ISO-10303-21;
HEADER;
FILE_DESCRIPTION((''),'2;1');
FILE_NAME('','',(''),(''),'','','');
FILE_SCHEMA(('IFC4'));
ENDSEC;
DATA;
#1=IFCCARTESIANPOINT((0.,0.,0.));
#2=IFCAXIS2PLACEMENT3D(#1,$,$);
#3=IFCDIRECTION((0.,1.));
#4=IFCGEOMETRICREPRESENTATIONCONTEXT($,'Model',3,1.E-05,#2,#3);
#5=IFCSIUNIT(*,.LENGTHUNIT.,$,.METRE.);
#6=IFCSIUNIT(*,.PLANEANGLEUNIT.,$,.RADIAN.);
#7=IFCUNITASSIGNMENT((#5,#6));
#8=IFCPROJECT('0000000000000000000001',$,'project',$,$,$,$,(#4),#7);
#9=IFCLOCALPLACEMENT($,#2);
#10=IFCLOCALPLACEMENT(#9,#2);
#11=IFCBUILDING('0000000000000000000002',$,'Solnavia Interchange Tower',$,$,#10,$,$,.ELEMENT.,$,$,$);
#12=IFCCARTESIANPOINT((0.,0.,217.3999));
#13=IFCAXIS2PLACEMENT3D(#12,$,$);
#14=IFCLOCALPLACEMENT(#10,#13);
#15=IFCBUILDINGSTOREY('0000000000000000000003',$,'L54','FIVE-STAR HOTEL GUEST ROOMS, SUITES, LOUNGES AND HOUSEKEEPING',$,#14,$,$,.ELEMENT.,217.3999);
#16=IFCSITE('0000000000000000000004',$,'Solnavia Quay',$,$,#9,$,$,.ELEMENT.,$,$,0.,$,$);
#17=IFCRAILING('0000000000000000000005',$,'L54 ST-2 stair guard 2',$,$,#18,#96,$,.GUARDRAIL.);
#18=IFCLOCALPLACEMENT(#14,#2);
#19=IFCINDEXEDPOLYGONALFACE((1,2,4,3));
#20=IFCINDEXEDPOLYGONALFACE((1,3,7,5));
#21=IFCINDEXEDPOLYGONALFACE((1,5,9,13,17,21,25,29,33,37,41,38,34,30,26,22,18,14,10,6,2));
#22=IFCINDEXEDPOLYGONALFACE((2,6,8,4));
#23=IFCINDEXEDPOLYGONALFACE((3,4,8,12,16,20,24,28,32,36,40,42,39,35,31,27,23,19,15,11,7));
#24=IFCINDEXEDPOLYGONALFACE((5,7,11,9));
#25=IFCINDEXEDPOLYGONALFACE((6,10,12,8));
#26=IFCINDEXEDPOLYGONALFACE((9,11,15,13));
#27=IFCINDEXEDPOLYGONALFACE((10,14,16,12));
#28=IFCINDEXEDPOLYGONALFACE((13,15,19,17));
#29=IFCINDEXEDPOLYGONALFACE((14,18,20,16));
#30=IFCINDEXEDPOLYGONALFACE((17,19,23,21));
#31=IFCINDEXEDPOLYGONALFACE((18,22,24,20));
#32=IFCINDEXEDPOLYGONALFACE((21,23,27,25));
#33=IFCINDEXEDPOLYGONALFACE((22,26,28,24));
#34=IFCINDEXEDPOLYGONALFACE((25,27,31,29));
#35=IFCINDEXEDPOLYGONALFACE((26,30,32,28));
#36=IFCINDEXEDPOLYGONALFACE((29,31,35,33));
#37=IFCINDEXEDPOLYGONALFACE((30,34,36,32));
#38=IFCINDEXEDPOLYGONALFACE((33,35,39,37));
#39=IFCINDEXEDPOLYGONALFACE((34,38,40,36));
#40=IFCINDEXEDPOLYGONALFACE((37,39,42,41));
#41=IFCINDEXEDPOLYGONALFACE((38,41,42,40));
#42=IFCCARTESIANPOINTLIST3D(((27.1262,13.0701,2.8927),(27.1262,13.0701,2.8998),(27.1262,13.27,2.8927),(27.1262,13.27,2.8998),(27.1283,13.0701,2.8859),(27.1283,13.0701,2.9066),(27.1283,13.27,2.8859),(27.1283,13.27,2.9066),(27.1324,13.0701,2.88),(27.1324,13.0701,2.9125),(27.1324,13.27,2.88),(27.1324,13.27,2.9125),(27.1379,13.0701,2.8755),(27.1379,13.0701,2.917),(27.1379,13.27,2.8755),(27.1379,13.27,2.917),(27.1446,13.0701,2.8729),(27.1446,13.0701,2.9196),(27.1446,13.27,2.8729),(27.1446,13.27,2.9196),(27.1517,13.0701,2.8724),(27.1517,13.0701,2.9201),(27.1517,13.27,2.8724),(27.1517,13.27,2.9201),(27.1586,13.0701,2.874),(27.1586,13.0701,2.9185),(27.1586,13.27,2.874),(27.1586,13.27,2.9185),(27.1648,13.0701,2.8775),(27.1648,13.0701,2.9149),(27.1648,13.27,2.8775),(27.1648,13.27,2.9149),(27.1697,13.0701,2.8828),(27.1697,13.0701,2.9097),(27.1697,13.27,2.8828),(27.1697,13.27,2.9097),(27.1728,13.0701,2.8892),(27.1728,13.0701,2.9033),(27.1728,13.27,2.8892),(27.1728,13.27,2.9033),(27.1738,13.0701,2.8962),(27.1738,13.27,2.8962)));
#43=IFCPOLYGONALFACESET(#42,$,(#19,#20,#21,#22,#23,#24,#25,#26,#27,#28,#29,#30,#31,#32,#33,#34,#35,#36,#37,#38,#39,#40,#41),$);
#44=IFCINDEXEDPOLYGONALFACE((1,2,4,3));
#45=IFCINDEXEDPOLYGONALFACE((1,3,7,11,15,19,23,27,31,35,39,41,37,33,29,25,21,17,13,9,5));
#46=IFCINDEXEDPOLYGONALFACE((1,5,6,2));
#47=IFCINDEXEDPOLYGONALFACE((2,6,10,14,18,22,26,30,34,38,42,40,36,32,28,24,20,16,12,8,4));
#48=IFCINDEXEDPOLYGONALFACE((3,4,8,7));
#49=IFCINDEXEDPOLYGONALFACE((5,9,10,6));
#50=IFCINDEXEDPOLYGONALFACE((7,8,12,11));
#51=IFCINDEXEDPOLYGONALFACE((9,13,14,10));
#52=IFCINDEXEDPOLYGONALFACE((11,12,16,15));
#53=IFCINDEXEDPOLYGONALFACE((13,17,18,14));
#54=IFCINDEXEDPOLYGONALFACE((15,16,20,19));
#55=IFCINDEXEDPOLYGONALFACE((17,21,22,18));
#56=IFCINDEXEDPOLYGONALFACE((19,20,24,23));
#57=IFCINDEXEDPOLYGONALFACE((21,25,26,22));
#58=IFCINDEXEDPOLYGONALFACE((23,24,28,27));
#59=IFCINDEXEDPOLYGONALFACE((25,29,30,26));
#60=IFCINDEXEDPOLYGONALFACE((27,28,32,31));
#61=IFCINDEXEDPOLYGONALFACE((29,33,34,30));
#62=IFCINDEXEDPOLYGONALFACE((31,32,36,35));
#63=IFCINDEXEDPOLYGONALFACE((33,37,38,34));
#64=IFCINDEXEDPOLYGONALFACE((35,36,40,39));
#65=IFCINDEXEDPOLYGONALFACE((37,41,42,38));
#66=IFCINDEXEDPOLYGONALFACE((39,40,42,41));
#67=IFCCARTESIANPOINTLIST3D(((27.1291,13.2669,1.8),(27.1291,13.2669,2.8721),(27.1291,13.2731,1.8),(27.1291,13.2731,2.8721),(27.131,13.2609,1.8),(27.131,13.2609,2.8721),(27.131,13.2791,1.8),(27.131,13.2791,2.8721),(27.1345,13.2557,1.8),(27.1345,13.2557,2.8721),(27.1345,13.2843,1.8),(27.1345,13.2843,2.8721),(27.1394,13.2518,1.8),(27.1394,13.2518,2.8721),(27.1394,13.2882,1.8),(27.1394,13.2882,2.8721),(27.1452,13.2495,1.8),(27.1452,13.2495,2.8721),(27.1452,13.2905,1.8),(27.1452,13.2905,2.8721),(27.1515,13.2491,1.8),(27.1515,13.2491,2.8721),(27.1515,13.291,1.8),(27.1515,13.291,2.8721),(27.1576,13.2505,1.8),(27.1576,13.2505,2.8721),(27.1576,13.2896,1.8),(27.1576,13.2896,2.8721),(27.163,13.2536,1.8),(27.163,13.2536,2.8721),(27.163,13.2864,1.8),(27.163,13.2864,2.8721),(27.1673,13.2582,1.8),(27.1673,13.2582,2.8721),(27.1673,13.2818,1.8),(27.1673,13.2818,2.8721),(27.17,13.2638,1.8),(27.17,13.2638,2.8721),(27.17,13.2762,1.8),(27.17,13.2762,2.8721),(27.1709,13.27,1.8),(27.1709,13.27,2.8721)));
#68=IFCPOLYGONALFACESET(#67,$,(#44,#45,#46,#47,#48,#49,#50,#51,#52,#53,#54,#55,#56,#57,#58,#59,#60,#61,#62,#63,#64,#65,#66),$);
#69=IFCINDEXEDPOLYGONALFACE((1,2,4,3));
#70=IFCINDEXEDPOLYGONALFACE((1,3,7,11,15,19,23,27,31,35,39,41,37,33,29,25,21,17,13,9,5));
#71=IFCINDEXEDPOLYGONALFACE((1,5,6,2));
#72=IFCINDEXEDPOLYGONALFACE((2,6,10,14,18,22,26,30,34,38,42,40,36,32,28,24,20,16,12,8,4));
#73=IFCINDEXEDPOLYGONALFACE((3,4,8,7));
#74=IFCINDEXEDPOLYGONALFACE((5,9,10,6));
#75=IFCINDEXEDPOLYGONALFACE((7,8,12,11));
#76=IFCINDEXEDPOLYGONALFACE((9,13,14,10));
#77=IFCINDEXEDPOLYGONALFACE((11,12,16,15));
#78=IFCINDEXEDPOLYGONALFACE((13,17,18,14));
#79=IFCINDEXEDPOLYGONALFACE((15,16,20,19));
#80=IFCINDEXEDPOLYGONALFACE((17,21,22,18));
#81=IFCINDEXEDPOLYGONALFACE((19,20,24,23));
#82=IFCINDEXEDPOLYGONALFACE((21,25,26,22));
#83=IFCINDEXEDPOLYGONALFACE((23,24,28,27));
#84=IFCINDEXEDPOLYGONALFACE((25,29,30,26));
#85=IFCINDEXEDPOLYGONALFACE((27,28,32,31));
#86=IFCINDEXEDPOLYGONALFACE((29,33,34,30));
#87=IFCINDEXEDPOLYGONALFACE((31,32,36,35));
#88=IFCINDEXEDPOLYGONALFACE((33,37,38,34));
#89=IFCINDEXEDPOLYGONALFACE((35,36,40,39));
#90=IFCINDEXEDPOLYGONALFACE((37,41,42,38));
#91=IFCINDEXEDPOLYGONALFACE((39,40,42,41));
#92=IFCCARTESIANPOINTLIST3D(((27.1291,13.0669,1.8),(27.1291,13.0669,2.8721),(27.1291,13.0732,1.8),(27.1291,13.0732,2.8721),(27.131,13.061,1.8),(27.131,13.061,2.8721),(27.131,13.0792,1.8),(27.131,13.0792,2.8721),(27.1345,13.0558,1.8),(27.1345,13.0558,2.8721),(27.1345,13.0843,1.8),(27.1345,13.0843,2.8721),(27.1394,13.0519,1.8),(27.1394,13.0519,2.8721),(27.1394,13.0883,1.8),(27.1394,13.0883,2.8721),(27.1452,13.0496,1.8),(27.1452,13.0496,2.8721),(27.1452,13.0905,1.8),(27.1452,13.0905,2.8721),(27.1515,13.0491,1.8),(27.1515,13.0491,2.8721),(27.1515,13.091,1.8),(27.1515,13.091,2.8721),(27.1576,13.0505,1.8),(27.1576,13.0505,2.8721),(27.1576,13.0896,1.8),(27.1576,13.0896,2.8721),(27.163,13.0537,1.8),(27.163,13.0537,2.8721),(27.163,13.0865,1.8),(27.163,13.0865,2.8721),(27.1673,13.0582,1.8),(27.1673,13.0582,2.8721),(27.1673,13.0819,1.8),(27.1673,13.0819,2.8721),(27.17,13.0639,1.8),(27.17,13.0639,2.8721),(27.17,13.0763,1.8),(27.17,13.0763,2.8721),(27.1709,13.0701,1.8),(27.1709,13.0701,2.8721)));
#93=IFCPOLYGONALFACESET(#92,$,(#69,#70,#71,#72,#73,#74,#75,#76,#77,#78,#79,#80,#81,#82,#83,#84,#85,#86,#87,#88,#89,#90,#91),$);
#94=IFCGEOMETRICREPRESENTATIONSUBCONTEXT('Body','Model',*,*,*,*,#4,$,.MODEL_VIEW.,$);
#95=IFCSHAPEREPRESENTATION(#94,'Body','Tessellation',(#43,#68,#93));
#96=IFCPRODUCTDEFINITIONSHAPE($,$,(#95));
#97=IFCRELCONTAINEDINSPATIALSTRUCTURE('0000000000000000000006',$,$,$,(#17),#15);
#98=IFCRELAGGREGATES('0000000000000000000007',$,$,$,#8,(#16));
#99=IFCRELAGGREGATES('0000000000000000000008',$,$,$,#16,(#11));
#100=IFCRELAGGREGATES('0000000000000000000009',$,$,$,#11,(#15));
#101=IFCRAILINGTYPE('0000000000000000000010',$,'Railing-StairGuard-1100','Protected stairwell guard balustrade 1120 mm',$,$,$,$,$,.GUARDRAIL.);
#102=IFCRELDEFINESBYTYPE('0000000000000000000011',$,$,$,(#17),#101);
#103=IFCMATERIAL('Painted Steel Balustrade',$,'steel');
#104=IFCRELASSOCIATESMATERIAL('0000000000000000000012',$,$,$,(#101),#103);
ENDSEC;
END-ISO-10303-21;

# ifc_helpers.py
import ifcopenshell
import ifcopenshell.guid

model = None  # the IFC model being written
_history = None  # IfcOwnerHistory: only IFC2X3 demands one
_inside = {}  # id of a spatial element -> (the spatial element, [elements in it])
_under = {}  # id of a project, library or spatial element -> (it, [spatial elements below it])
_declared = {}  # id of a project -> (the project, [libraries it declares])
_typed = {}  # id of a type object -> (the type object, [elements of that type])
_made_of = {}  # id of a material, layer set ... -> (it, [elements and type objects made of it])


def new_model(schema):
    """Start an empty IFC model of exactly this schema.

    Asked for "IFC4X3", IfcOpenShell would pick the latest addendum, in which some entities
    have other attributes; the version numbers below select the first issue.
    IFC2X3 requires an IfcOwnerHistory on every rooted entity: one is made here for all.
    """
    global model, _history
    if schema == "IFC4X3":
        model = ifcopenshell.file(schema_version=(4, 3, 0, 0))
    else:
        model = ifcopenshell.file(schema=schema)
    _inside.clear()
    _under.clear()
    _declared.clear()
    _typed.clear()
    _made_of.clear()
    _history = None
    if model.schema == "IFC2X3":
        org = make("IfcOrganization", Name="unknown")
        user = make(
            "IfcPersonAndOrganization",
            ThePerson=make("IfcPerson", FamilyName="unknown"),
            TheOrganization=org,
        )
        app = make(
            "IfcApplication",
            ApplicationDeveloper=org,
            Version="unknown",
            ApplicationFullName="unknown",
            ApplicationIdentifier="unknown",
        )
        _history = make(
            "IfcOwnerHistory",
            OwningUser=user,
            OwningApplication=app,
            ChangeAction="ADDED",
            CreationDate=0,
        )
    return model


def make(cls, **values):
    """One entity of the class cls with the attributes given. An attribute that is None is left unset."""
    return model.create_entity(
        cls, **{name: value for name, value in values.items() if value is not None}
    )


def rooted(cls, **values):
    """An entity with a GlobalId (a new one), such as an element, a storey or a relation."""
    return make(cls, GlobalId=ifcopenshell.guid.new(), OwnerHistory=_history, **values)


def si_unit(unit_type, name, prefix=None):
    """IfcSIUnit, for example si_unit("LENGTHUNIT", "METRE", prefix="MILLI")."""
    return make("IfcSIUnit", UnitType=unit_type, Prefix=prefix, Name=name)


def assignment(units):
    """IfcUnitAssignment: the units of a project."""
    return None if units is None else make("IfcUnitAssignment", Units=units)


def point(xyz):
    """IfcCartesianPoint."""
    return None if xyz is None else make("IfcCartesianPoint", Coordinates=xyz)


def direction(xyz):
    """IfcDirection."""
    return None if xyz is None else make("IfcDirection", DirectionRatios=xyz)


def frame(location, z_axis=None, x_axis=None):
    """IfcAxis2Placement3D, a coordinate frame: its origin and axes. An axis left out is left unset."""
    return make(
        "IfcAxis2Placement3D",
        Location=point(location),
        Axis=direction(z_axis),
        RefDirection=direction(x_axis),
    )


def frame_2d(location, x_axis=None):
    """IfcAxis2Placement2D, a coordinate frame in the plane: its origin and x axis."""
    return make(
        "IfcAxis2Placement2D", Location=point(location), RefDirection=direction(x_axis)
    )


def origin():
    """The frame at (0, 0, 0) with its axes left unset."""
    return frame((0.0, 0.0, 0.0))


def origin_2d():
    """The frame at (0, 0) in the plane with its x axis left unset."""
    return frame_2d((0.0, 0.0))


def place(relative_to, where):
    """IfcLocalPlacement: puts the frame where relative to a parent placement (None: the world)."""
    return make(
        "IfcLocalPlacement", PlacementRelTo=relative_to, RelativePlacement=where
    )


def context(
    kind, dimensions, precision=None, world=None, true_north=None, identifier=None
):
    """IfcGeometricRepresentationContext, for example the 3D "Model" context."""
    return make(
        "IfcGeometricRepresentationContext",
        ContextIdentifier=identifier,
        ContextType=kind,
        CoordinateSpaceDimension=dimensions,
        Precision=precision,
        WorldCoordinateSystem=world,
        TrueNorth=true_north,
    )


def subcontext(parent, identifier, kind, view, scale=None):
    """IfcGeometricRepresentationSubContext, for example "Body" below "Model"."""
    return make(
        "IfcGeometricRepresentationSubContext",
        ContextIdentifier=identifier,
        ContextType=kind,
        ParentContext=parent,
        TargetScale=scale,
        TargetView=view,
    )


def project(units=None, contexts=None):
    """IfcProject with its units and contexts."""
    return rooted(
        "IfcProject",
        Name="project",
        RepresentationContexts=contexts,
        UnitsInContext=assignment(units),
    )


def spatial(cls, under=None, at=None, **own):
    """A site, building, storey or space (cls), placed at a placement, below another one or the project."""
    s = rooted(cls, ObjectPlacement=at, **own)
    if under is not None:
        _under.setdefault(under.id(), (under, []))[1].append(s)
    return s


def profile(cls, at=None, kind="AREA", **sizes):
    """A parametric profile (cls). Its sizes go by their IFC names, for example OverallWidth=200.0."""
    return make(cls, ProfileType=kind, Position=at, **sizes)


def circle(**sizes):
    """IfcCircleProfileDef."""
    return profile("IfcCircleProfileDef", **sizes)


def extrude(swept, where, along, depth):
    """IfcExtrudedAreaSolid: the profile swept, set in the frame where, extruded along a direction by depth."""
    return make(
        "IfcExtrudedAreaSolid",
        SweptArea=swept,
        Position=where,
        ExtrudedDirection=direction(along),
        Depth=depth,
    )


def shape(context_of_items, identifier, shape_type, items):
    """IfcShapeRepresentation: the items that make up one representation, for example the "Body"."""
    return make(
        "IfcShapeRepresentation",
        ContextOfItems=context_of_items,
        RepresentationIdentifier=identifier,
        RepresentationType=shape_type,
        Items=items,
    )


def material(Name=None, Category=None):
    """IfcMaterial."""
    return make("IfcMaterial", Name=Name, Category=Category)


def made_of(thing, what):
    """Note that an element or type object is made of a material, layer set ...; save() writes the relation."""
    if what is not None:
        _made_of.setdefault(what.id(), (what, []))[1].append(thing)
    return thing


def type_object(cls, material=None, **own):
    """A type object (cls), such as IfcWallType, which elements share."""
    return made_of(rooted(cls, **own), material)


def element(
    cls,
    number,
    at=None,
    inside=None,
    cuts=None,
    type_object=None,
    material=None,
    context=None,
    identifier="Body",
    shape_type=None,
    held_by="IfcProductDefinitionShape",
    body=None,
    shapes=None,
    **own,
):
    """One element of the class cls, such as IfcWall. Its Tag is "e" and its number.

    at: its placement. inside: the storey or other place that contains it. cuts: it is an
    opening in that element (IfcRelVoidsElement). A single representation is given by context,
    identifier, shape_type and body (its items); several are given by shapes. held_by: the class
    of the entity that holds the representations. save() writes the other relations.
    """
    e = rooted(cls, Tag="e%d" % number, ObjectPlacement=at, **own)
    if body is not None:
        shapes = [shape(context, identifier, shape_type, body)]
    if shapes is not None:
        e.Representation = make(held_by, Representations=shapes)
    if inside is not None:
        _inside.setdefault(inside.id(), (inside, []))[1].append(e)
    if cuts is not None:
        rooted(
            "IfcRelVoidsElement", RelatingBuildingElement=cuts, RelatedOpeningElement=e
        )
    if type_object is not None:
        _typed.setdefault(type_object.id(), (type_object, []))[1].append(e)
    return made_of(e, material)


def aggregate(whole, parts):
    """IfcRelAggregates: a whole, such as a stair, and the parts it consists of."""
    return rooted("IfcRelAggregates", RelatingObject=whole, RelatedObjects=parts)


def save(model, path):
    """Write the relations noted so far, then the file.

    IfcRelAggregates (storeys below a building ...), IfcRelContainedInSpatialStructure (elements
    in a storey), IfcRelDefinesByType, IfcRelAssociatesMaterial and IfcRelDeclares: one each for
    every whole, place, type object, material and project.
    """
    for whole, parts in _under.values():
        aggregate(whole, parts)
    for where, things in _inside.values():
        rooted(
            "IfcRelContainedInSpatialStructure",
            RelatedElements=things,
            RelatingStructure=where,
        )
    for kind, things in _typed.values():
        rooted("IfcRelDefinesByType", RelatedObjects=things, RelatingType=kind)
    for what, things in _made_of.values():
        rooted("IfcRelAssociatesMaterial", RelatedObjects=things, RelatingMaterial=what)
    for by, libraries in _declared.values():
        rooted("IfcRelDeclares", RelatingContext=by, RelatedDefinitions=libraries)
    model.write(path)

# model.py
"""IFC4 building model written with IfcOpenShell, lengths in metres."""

from ifc_helpers import new_model, si_unit, direction, frame, origin, origin_2d, place, context, subcontext, project, spatial, circle, extrude, material, type_object, element, save


model = new_model("IFC4")

# Units and contexts
model_context = context("Model", 3, precision=1e-05, world=origin(), true_north=direction((0.0, 1.0)))
body_context = subcontext(model_context, "Body", "Model", "MODEL_VIEW")
ifc_project = project(units=[si_unit("LENGTHUNIT", "METRE"), si_unit("PLANEANGLEUNIT", "RADIAN")], contexts=[model_context])

# Site, building, storey
site_placement = place(None, origin())
site = spatial("IfcSite", under=ifc_project, at=site_placement, Name="Solnavia Quay", CompositionType="ELEMENT", RefElevation=0.0)
building_placement = place(site_placement, origin())
building = spatial("IfcBuilding", under=site, at=building_placement, Name="Solnavia Interchange Tower", CompositionType="ELEMENT")
storey_placement = place(building_placement, frame((0.0, 0.0, 217.3999)))
storey = spatial("IfcBuildingStorey", under=building, at=storey_placement, Name="L54", Description="FIVE-STAR HOTEL GUEST ROOMS, SUITES, LOUNGES AND HOUSEKEEPING", CompositionType="ELEMENT", Elevation=217.3999)

# Railing
ifc_material_1 = material(Name="Painted Steel Balustrade", Category="steel")
railing_type_1 = type_object("IfcRailingType", Name="Railing-StairGuard-1100", Description="Protected stairwell guard balustrade 1120 mm", PredefinedType="GUARDRAIL", material=ifc_material_1)
railing_1_placement = place(storey_placement, frame((27.1499, 13.27, 1.8)))
element("IfcRailing", 1, at=railing_1_placement, inside=storey, type_object=railing_type_1, Name="L54 ST-2 stair guard 2", PredefinedType="GUARDRAIL", context=body_context, shape_type="SweptSolid", body=[
    extrude(circle(Radius=0.0239, at=origin_2d()), frame((0.0, 0.0, 1.0962), z_axis=(0.0, -1.0, 0.0), x_axis=(1.0, 0.0, 0.0)), (0.0, 0.0, 1.0), 0.2),
    extrude(circle(Radius=0.021, at=origin_2d()), origin(), (0.0, 0.0, 1.0), 1.072),
    extrude(circle(Radius=0.021, at=origin_2d()), frame((0.0, -0.2, 0.0)), (0.0, 0.0, 1.0), 1.072),
])

save(model, "model.ifc")
